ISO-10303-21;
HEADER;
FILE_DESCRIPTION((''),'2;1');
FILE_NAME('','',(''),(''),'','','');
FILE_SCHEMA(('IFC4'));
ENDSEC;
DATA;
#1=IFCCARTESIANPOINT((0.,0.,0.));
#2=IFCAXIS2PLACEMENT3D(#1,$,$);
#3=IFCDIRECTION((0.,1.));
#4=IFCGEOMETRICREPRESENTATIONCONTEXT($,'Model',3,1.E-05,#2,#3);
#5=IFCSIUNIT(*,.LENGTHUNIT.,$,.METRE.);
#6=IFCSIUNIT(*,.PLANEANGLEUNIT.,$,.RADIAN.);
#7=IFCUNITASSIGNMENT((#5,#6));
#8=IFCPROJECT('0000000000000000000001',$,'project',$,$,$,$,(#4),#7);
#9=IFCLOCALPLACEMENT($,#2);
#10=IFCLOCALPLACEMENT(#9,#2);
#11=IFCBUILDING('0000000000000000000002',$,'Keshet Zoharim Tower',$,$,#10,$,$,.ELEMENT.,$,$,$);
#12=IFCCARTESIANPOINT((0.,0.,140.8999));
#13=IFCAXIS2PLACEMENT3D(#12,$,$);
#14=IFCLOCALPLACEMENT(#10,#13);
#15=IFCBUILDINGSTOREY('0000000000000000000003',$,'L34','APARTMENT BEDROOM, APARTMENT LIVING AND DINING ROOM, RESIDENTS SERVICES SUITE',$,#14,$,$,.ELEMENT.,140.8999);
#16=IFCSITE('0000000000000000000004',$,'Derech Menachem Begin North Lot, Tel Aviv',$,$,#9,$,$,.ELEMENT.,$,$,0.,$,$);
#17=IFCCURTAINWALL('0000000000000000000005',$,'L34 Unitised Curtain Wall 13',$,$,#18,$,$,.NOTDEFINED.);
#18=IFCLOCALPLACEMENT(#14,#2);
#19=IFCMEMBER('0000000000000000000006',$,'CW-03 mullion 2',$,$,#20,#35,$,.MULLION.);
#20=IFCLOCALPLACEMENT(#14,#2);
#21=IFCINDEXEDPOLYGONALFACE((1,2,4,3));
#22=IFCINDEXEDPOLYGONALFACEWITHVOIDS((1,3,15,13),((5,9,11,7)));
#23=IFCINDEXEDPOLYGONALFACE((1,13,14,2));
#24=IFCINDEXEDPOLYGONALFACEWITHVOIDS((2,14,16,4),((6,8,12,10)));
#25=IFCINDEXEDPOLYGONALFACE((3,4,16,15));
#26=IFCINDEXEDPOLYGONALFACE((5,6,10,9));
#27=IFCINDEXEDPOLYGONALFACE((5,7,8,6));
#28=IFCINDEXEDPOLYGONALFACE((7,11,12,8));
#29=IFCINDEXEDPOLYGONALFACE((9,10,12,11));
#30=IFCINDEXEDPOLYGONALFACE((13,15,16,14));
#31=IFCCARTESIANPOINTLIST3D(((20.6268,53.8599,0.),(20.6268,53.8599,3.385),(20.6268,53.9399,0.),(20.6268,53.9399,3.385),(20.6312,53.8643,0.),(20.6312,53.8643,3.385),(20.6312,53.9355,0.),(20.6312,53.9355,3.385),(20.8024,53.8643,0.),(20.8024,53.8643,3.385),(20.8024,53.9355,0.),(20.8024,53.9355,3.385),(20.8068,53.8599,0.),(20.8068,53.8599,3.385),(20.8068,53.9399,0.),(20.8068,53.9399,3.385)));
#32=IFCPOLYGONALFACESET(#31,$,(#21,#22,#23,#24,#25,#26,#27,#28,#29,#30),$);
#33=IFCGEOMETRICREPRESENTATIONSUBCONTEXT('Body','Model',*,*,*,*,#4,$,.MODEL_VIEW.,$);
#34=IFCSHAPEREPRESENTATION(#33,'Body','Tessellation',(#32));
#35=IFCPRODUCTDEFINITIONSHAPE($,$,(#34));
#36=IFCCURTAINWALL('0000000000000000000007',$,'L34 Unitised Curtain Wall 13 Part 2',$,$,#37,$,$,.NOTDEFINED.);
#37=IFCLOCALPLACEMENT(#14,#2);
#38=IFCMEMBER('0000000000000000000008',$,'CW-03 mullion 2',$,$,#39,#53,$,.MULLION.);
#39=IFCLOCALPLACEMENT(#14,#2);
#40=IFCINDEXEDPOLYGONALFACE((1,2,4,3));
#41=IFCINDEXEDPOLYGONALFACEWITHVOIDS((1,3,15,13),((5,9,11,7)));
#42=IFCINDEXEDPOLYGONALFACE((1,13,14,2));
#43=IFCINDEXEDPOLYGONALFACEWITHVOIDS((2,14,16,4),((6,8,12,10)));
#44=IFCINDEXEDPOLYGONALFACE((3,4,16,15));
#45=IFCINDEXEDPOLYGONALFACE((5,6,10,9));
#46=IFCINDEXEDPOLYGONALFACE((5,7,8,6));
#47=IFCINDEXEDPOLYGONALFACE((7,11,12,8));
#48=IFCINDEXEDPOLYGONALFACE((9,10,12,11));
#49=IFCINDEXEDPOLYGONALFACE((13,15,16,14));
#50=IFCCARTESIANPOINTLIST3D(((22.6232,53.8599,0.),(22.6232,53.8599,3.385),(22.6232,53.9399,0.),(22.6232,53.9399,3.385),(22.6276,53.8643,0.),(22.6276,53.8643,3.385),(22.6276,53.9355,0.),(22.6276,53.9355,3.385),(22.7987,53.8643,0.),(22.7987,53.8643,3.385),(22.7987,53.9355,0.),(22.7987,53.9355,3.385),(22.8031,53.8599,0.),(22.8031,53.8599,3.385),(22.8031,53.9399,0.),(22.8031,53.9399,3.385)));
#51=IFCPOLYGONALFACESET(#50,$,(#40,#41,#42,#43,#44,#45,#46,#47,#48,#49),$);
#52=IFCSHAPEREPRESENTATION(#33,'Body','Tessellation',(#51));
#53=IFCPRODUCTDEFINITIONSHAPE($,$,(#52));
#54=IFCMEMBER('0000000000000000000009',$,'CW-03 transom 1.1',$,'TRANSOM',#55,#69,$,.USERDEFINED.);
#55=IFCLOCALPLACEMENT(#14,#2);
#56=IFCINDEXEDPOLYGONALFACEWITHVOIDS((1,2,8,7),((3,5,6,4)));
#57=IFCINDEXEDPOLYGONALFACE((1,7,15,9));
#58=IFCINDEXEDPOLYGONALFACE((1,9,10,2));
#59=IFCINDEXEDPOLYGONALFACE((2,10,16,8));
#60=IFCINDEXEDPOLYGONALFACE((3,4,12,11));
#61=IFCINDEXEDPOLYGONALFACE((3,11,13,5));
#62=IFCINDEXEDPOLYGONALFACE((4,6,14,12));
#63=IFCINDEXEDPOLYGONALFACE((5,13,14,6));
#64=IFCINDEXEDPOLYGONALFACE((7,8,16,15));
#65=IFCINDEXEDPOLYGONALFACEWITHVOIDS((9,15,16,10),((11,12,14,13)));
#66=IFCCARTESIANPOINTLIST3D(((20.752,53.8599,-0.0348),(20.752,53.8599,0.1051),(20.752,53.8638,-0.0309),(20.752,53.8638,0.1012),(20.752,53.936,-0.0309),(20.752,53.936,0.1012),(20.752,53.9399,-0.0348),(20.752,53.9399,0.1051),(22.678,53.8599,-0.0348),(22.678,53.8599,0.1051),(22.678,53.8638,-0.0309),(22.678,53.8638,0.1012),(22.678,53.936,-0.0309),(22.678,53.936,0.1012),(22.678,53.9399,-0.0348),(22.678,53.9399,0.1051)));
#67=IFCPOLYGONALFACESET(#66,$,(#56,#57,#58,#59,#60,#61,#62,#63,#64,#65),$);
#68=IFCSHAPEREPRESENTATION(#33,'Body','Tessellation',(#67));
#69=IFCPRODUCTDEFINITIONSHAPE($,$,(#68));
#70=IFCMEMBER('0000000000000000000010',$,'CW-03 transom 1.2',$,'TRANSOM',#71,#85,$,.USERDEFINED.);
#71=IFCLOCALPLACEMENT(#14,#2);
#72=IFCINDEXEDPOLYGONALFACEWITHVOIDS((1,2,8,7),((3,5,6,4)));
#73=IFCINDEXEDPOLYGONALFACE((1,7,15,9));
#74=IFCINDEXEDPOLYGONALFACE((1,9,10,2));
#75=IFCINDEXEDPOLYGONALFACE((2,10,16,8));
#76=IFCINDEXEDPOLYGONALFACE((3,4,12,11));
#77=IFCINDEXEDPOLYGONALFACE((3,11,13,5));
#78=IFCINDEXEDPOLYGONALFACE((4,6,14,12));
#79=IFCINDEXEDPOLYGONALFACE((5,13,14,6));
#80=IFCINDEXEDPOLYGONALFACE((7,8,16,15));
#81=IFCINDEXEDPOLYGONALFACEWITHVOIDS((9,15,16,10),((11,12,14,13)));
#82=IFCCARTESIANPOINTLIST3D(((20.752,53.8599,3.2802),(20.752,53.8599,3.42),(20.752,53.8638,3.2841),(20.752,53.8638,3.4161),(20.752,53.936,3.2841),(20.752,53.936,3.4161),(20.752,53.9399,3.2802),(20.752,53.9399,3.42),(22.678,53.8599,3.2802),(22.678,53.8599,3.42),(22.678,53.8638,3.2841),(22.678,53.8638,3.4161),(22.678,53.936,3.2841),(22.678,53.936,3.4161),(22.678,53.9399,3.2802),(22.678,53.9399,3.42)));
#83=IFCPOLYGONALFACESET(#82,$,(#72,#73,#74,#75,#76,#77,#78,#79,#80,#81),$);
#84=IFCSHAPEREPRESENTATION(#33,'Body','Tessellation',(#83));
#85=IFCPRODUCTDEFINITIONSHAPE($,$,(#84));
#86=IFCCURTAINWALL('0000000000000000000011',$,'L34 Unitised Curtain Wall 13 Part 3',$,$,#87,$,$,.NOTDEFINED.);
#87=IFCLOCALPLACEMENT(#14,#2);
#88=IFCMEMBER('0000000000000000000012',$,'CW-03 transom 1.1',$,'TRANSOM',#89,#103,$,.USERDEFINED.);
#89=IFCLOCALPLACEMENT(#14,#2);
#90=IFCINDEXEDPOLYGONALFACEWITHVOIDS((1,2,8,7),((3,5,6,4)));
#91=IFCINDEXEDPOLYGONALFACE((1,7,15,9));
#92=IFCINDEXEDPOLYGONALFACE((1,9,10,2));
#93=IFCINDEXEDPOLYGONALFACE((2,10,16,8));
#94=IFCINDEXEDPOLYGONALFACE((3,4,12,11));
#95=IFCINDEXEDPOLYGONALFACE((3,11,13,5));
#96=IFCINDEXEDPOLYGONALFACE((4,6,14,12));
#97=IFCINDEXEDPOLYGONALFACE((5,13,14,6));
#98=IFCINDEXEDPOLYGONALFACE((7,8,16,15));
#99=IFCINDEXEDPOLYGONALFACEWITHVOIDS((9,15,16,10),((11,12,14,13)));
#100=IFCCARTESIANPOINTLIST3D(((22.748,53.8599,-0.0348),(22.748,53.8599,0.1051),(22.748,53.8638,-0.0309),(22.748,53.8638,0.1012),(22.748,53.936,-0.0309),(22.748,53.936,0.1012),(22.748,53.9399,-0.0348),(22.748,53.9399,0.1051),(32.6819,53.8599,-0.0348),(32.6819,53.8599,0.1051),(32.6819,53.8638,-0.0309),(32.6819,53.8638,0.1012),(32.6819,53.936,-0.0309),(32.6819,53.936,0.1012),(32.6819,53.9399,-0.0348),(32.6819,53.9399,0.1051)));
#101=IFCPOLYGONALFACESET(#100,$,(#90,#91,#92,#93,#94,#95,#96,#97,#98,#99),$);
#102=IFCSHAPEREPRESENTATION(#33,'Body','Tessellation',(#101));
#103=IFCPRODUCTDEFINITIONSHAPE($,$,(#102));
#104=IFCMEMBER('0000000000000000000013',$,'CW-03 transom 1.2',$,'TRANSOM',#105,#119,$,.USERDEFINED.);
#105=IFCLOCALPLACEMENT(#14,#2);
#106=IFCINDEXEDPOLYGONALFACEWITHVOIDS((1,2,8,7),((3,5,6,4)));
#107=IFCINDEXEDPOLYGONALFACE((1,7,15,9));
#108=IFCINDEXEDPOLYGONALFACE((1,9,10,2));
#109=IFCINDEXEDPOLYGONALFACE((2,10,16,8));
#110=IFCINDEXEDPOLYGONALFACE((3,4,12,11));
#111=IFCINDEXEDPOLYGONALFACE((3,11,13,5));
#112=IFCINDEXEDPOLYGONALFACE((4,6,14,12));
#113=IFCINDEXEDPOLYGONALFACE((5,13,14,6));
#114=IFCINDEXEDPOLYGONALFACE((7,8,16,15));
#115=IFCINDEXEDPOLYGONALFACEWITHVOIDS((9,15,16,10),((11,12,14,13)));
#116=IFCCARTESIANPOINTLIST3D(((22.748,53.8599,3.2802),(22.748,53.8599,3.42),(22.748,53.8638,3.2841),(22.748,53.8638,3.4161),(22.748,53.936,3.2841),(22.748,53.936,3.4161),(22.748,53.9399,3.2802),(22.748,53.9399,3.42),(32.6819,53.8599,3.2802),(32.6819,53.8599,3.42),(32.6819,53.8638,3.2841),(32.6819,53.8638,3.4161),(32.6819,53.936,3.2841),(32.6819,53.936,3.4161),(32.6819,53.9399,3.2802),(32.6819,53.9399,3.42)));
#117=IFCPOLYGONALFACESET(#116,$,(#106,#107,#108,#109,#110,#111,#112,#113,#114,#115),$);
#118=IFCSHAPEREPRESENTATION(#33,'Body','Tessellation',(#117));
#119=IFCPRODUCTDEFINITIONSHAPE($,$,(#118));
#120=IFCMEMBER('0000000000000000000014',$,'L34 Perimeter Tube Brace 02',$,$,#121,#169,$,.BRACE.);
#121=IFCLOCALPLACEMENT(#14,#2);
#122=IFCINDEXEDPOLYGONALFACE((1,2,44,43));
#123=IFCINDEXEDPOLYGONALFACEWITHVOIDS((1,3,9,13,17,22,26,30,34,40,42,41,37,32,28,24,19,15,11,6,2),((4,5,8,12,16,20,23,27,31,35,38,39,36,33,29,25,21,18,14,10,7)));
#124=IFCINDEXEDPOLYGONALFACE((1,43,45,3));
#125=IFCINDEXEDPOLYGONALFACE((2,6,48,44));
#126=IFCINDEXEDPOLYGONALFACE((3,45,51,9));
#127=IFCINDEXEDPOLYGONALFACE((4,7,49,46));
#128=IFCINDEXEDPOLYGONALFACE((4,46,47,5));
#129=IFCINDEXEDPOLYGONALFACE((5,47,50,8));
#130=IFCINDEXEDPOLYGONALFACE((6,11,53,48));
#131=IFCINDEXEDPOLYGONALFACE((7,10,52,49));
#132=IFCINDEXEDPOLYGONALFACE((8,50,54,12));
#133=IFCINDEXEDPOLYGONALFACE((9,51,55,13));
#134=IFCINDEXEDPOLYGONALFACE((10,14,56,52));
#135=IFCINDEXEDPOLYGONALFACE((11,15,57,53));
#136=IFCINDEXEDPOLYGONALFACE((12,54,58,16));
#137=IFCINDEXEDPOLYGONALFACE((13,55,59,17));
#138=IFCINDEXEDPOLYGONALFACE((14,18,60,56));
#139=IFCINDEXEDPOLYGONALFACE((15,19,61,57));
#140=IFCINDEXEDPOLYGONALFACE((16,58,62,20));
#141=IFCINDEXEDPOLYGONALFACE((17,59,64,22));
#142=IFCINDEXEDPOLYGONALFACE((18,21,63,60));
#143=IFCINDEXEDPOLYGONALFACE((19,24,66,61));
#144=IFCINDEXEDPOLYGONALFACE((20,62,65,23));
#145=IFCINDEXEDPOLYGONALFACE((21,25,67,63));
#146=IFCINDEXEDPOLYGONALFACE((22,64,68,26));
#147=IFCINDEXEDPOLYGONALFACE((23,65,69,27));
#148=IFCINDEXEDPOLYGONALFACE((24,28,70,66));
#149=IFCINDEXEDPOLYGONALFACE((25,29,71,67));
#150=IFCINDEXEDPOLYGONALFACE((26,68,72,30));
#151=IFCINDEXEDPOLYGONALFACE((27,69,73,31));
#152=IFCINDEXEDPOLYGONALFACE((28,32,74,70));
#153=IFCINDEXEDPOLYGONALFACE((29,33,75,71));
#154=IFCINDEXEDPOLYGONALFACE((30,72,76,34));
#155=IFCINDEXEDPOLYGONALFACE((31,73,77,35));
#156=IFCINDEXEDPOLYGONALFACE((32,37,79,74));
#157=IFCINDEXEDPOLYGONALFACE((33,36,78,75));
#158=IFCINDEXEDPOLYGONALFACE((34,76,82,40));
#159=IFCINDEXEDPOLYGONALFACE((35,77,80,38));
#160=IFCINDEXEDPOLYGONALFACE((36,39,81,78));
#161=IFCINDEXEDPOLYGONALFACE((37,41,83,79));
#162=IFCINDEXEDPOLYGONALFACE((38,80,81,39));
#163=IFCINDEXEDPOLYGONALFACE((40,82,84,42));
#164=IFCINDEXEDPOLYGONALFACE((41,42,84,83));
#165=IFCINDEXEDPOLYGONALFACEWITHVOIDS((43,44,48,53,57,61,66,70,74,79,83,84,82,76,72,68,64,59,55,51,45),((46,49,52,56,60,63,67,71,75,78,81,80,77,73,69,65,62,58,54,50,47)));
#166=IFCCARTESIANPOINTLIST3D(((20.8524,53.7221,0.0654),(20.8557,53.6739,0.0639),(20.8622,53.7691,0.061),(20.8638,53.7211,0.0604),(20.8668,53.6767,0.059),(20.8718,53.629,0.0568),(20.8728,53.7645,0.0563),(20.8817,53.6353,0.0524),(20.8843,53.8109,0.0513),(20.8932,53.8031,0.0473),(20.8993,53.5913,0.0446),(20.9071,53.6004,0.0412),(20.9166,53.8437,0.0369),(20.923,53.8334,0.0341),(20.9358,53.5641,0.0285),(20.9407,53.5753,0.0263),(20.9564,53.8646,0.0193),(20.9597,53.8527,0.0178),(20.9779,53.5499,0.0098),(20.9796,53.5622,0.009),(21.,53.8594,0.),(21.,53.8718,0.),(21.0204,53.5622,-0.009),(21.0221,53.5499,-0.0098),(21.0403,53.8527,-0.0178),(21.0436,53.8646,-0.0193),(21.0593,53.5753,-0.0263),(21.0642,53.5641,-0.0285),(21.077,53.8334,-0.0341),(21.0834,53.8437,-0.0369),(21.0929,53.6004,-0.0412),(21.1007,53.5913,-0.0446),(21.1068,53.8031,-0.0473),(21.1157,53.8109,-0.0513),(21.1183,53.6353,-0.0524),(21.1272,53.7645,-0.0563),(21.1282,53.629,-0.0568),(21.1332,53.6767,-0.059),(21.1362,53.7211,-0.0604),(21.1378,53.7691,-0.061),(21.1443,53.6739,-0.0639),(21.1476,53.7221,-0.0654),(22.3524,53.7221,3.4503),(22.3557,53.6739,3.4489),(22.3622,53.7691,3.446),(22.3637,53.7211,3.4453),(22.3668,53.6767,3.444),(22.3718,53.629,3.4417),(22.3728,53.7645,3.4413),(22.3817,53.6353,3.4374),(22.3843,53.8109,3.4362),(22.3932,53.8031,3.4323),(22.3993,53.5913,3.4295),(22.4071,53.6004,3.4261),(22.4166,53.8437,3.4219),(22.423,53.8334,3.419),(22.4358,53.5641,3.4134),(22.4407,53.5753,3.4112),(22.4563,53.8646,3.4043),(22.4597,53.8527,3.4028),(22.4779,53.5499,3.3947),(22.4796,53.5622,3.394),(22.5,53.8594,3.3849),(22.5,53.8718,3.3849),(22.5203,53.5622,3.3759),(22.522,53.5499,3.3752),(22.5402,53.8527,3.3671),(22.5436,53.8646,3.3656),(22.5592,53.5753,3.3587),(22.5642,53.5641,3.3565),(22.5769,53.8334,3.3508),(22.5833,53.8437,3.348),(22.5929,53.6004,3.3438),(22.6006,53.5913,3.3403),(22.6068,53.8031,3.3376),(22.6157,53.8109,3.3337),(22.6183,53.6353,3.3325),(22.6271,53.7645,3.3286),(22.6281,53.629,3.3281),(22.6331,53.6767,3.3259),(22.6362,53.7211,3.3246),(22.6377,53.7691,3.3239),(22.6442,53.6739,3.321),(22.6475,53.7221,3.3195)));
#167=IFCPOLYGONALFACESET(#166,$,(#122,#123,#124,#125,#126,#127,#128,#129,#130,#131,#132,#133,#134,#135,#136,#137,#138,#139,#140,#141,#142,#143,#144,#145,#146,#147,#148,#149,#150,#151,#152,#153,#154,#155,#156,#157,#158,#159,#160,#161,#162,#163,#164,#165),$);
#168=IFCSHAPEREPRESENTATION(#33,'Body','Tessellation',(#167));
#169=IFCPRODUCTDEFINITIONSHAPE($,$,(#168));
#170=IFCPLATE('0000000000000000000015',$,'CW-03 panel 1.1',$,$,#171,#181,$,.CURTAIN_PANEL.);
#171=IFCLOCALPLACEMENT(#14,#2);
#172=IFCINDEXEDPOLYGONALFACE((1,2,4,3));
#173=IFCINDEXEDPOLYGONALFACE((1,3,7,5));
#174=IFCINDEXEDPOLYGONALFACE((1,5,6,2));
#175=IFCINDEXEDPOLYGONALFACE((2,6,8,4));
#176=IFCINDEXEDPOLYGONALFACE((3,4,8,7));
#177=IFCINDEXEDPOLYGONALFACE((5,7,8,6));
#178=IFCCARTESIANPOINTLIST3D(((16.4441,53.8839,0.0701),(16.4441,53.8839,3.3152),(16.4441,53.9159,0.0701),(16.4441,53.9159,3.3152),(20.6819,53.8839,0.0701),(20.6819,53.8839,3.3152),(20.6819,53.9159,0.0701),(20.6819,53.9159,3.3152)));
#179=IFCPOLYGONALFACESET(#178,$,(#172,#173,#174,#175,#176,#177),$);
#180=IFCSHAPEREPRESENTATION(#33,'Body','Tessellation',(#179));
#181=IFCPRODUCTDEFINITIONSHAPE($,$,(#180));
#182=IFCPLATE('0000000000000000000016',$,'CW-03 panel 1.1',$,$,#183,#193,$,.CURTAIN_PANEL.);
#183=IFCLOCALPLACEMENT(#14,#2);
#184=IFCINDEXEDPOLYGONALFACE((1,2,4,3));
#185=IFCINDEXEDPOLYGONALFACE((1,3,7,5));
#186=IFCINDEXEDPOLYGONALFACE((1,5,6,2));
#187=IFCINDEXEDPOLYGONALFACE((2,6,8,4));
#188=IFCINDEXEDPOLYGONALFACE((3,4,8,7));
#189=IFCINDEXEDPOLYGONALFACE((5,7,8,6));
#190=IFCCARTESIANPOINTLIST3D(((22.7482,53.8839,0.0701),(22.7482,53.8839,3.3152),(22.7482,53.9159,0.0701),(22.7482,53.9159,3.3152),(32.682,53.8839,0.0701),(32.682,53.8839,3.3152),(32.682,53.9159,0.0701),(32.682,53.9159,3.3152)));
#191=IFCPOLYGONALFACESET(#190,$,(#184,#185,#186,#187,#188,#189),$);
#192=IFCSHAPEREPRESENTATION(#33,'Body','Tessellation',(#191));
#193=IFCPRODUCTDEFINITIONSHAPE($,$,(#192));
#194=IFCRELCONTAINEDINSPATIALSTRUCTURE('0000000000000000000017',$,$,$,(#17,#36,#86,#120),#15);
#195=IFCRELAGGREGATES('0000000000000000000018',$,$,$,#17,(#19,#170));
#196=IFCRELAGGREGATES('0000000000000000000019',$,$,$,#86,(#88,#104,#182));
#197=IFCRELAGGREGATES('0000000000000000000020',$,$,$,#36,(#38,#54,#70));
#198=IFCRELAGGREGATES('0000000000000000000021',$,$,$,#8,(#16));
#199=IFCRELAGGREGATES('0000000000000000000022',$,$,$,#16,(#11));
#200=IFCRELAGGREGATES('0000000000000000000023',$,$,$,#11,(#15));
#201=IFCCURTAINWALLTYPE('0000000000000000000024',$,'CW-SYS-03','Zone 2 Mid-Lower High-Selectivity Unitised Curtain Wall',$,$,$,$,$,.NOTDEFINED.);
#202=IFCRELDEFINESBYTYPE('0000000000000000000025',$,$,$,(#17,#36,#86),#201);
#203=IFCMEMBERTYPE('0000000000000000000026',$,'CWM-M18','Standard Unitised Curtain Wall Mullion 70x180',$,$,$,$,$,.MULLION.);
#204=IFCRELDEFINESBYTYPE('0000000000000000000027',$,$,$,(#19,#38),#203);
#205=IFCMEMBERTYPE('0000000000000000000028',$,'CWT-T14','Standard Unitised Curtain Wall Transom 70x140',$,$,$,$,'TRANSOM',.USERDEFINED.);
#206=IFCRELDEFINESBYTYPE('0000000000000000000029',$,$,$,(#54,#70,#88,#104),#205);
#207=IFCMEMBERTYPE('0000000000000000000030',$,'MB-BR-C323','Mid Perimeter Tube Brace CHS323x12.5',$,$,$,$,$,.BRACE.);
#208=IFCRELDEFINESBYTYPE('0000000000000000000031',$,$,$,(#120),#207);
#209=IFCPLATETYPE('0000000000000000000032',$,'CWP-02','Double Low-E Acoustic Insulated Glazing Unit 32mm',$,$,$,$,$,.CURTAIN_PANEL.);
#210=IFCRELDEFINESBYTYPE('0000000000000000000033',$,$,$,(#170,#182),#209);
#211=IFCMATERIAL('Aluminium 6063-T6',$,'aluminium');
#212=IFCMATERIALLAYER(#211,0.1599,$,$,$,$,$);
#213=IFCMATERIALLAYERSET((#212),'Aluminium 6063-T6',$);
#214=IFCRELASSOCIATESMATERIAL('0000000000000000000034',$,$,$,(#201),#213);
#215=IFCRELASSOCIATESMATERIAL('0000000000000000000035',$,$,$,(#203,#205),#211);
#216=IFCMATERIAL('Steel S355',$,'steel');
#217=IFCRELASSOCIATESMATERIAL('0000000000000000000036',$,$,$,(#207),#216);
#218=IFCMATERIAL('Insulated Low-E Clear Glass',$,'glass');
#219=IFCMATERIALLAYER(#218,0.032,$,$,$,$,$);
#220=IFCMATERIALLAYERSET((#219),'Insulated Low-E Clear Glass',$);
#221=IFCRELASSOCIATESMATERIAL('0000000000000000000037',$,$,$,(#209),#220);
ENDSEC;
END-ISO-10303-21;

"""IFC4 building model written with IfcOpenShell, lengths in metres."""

from ifc_helpers import new_model, si_unit, direction, frame, origin, origin_2d, place, context, subcontext, project, spatial, rectangle, hollow_rectangle, hollow_circle, extrude, material, layer, layer_set, material_profile, profile_set, type_object, element, aggregate, save


model = new_model("IFC4")

# Units and contexts
model_context = context("Model", 3, precision=1e-05, world=origin(), true_north=direction((0.0, 1.0)))
body_context = subcontext(model_context, "Body", "Model", "MODEL_VIEW")
ifc_project = project(units=[si_unit("LENGTHUNIT", "METRE"), si_unit("PLANEANGLEUNIT", "RADIAN")], contexts=[model_context])

# Site, building, storey
site_placement = place(None, origin())
site = spatial("IfcSite", under=ifc_project, at=site_placement, Name="Derech Menachem Begin North Lot, Tel Aviv", CompositionType="ELEMENT", RefElevation=0.0)
building_placement = place(site_placement, origin())
building = spatial("IfcBuilding", under=site, at=building_placement, Name="Keshet Zoharim Tower", CompositionType="ELEMENT")
storey_placement = place(building_placement, frame((0.0, 0.0, 140.8999)))
storey = spatial("IfcBuildingStorey", under=building, at=storey_placement, Name="L34", Description="APARTMENT BEDROOM, APARTMENT LIVING AND DINING ROOM, RESIDENTS SERVICES SUITE", CompositionType="ELEMENT", Elevation=140.8999)

# Shared definitions
ifc_material_1 = material(Name="Steel S355", Category="steel")

# Curtain wall, member
ifc_material_2 = material(Name="Aluminium 6063-T6", Category="aluminium")
ifc_layer_1 = layer(ifc_material_2, 0.1599)
ifc_layer_set_1 = layer_set([ifc_layer_1], Name="Aluminium 6063-T6")
curtain_wall_type = type_object("IfcCurtainWallType", Name="CW-SYS-03", Description="Zone 2 Mid-Lower High-Selectivity Unitised Curtain Wall", PredefinedType="NOTDEFINED", material=ifc_layer_set_1)
curtain_wall_1_placement = place(storey_placement, origin())
curtain_wall_1 = element("IfcCurtainWall", 1, at=curtain_wall_1_placement, inside=storey, type_object=curtain_wall_type, Name="L34 Unitised Curtain Wall 13", PredefinedType="NOTDEFINED")
ifc_material_profile_1 = material_profile(ifc_material_2, hollow_rectangle(XDim=0.0801, YDim=0.1799, WallThickness=0.0044, at=origin_2d()), Name="MUL-80x180")
ifc_profile_set_1 = profile_set([ifc_material_profile_1], Name="Aluminium 6063-T6")
member_type_1 = type_object("IfcMemberType", Name="CWM-M18", Description="Standard Unitised Curtain Wall Mullion 70x180", PredefinedType="MULLION", material=ifc_profile_set_1)
member_1_placement = place(storey_placement, frame((20.7168, 53.8999, 0.0), z_axis=(0.0, 0.0, 1.0), x_axis=(0.0, 1.0, 0.0)))
member_1 = element("IfcMember", 2, at=member_1_placement, type_object=member_type_1, Name="CW-03 mullion 2", PredefinedType="MULLION", context=body_context, shape_type="SweptSolid", body=[
    extrude(hollow_rectangle(XDim=0.0801, YDim=0.1799, WallThickness=0.0044, at=origin_2d()), origin(), (0.0, 0.0, 1.0), 3.385),
])

# Curtain walls, members
curtain_wall_2_placement = place(storey_placement, origin())
curtain_wall_2 = element("IfcCurtainWall", 3, at=curtain_wall_2_placement, inside=storey, type_object=curtain_wall_type, Name="L34 Unitised Curtain Wall 13 Part 2", PredefinedType="NOTDEFINED")
member_2_placement = place(storey_placement, frame((22.7131, 53.8999, 0.0), z_axis=(0.0, 0.0, 1.0), x_axis=(0.0, 1.0, 0.0)))
member_2 = element("IfcMember", 4, at=member_2_placement, type_object=member_type_1, Name="CW-03 mullion 2", PredefinedType="MULLION", context=body_context, shape_type="SweptSolid", body=[
    extrude(hollow_rectangle(XDim=0.0801, YDim=0.1799, WallThickness=0.0044, at=origin_2d()), origin(), (0.0, 0.0, 1.0), 3.385),
])
ifc_material_profile_2 = material_profile(ifc_material_2, hollow_rectangle(XDim=0.0801, YDim=0.1399, WallThickness=0.0039, at=origin_2d()), Name="TRN-80x140")
ifc_profile_set_2 = profile_set([ifc_material_profile_2], Name="Aluminium 6063-T6")
member_type_2 = type_object("IfcMemberType", Name="CWT-T14", Description="Standard Unitised Curtain Wall Transom 70x140", ElementType="TRANSOM", PredefinedType="USERDEFINED", material=ifc_profile_set_2)
member_3_placement = place(storey_placement, frame((20.752, 53.8999, 0.0352), z_axis=(1.0, 0.0, 0.0), x_axis=(0.0, 1.0, 0.0)))
member_3 = element("IfcMember", 5, at=member_3_placement, type_object=member_type_2, Name="CW-03 transom 1.1", ObjectType="TRANSOM", PredefinedType="USERDEFINED", context=body_context, shape_type="SweptSolid", body=[
    extrude(hollow_rectangle(XDim=0.0801, YDim=0.1399, WallThickness=0.0039, at=origin_2d()), origin(), (0.0, 0.0, 1.0), 1.926),
])
member_4_placement = place(storey_placement, frame((20.752, 53.8999, 3.3501), z_axis=(1.0, 0.0, 0.0), x_axis=(0.0, 1.0, 0.0)))
member_4 = element("IfcMember", 6, at=member_4_placement, type_object=member_type_2, Name="CW-03 transom 1.2", ObjectType="TRANSOM", PredefinedType="USERDEFINED", context=body_context, shape_type="SweptSolid", body=[
    extrude(hollow_rectangle(XDim=0.0801, YDim=0.1399, WallThickness=0.0039, at=origin_2d()), origin(), (0.0, 0.0, 1.0), 1.926),
])
curtain_wall_3_placement = place(storey_placement, origin())
curtain_wall_3 = element("IfcCurtainWall", 7, at=curtain_wall_3_placement, inside=storey, type_object=curtain_wall_type, Name="L34 Unitised Curtain Wall 13 Part 3", PredefinedType="NOTDEFINED")
member_5_placement = place(storey_placement, frame((22.748, 53.8999, 0.0352), z_axis=(1.0, 0.0, 0.0), x_axis=(0.0, 1.0, 0.0)))
member_5 = element("IfcMember", 8, at=member_5_placement, type_object=member_type_2, Name="CW-03 transom 1.1", ObjectType="TRANSOM", PredefinedType="USERDEFINED", context=body_context, shape_type="SweptSolid", body=[
    extrude(hollow_rectangle(XDim=0.0801, YDim=0.1399, WallThickness=0.0039, at=origin_2d()), origin(), (0.0, 0.0, 1.0), 9.9338),
])
member_6_placement = place(storey_placement, frame((22.748, 53.8999, 3.3501), z_axis=(1.0, 0.0, 0.0), x_axis=(0.0, 1.0, 0.0)))
member_6 = element("IfcMember", 9, at=member_6_placement, type_object=member_type_2, Name="CW-03 transom 1.2", ObjectType="TRANSOM", PredefinedType="USERDEFINED", context=body_context, shape_type="SweptSolid", body=[
    extrude(hollow_rectangle(XDim=0.0801, YDim=0.1399, WallThickness=0.0039, at=origin_2d()), origin(), (0.0, 0.0, 1.0), 9.9338),
])

# Member
ifc_material_profile_3 = material_profile(ifc_material_1, hollow_circle(Radius=0.1619, WallThickness=0.0125, at=origin_2d()), Name="CHS323x12.5")
ifc_profile_set_3 = profile_set([ifc_material_profile_3], Name="Steel S355")
member_type_3 = type_object("IfcMemberType", Name="MB-BR-C323", Description="Mid Perimeter Tube Brace CHS323x12.5", PredefinedType="BRACE", material=ifc_profile_set_3)
member_7_placement = place(storey_placement, frame((21.0, 53.71, 0.0), z_axis=(0.405135, 0.0, 0.914257), x_axis=(0.0, 1.0, 0.0)))
element("IfcMember", 10, at=member_7_placement, inside=storey, type_object=member_type_3, Name="L34 Perimeter Tube Brace 02", PredefinedType="BRACE", context=body_context, shape_type="SweptSolid", body=[
    extrude(hollow_circle(Radius=0.1619, WallThickness=0.0125, at=origin_2d()), origin(), (0.0, 0.0, 1.0), 3.7024),
])

# Plates
ifc_material_3 = material(Name="Insulated Low-E Clear Glass", Category="glass")
ifc_layer_2 = layer(ifc_material_3, 0.032)
ifc_layer_set_2 = layer_set([ifc_layer_2], Name="Insulated Low-E Clear Glass")
plate_type_1 = type_object("IfcPlateType", Name="CWP-02", Description="Double Low-E Acoustic Insulated Glazing Unit 32mm", PredefinedType="CURTAIN_PANEL", material=ifc_layer_set_2)
plate_1_placement = place(storey_placement, frame((18.563, 53.8999, 0.0701), z_axis=(0.0, 0.0, 1.0), x_axis=(1.0, 0.0, 0.0)))
plate_1 = element("IfcPlate", 11, at=plate_1_placement, type_object=plate_type_1, Name="CW-03 panel 1.1", PredefinedType="CURTAIN_PANEL", context=body_context, shape_type="SweptSolid", body=[
    extrude(rectangle(XDim=4.2378, YDim=0.032, at=origin_2d()), origin(), (0.0, 0.0, 1.0), 3.2451),
])
aggregate(curtain_wall_1, [member_1, plate_1])
plate_2_placement = place(storey_placement, frame((27.7151, 53.8999, 0.0701), z_axis=(0.0, 0.0, 1.0), x_axis=(1.0, 0.0, 0.0)))
plate_2 = element("IfcPlate", 12, at=plate_2_placement, type_object=plate_type_1, Name="CW-03 panel 1.1", PredefinedType="CURTAIN_PANEL", context=body_context, shape_type="SweptSolid", body=[
    extrude(rectangle(XDim=9.9338, YDim=0.032, at=origin_2d()), origin(), (0.0, 0.0, 1.0), 3.2451),
])
aggregate(curtain_wall_3, [member_5, member_6, plate_2])
aggregate(curtain_wall_2, [member_2, member_3, member_4])

save(model, "model.ifc")
